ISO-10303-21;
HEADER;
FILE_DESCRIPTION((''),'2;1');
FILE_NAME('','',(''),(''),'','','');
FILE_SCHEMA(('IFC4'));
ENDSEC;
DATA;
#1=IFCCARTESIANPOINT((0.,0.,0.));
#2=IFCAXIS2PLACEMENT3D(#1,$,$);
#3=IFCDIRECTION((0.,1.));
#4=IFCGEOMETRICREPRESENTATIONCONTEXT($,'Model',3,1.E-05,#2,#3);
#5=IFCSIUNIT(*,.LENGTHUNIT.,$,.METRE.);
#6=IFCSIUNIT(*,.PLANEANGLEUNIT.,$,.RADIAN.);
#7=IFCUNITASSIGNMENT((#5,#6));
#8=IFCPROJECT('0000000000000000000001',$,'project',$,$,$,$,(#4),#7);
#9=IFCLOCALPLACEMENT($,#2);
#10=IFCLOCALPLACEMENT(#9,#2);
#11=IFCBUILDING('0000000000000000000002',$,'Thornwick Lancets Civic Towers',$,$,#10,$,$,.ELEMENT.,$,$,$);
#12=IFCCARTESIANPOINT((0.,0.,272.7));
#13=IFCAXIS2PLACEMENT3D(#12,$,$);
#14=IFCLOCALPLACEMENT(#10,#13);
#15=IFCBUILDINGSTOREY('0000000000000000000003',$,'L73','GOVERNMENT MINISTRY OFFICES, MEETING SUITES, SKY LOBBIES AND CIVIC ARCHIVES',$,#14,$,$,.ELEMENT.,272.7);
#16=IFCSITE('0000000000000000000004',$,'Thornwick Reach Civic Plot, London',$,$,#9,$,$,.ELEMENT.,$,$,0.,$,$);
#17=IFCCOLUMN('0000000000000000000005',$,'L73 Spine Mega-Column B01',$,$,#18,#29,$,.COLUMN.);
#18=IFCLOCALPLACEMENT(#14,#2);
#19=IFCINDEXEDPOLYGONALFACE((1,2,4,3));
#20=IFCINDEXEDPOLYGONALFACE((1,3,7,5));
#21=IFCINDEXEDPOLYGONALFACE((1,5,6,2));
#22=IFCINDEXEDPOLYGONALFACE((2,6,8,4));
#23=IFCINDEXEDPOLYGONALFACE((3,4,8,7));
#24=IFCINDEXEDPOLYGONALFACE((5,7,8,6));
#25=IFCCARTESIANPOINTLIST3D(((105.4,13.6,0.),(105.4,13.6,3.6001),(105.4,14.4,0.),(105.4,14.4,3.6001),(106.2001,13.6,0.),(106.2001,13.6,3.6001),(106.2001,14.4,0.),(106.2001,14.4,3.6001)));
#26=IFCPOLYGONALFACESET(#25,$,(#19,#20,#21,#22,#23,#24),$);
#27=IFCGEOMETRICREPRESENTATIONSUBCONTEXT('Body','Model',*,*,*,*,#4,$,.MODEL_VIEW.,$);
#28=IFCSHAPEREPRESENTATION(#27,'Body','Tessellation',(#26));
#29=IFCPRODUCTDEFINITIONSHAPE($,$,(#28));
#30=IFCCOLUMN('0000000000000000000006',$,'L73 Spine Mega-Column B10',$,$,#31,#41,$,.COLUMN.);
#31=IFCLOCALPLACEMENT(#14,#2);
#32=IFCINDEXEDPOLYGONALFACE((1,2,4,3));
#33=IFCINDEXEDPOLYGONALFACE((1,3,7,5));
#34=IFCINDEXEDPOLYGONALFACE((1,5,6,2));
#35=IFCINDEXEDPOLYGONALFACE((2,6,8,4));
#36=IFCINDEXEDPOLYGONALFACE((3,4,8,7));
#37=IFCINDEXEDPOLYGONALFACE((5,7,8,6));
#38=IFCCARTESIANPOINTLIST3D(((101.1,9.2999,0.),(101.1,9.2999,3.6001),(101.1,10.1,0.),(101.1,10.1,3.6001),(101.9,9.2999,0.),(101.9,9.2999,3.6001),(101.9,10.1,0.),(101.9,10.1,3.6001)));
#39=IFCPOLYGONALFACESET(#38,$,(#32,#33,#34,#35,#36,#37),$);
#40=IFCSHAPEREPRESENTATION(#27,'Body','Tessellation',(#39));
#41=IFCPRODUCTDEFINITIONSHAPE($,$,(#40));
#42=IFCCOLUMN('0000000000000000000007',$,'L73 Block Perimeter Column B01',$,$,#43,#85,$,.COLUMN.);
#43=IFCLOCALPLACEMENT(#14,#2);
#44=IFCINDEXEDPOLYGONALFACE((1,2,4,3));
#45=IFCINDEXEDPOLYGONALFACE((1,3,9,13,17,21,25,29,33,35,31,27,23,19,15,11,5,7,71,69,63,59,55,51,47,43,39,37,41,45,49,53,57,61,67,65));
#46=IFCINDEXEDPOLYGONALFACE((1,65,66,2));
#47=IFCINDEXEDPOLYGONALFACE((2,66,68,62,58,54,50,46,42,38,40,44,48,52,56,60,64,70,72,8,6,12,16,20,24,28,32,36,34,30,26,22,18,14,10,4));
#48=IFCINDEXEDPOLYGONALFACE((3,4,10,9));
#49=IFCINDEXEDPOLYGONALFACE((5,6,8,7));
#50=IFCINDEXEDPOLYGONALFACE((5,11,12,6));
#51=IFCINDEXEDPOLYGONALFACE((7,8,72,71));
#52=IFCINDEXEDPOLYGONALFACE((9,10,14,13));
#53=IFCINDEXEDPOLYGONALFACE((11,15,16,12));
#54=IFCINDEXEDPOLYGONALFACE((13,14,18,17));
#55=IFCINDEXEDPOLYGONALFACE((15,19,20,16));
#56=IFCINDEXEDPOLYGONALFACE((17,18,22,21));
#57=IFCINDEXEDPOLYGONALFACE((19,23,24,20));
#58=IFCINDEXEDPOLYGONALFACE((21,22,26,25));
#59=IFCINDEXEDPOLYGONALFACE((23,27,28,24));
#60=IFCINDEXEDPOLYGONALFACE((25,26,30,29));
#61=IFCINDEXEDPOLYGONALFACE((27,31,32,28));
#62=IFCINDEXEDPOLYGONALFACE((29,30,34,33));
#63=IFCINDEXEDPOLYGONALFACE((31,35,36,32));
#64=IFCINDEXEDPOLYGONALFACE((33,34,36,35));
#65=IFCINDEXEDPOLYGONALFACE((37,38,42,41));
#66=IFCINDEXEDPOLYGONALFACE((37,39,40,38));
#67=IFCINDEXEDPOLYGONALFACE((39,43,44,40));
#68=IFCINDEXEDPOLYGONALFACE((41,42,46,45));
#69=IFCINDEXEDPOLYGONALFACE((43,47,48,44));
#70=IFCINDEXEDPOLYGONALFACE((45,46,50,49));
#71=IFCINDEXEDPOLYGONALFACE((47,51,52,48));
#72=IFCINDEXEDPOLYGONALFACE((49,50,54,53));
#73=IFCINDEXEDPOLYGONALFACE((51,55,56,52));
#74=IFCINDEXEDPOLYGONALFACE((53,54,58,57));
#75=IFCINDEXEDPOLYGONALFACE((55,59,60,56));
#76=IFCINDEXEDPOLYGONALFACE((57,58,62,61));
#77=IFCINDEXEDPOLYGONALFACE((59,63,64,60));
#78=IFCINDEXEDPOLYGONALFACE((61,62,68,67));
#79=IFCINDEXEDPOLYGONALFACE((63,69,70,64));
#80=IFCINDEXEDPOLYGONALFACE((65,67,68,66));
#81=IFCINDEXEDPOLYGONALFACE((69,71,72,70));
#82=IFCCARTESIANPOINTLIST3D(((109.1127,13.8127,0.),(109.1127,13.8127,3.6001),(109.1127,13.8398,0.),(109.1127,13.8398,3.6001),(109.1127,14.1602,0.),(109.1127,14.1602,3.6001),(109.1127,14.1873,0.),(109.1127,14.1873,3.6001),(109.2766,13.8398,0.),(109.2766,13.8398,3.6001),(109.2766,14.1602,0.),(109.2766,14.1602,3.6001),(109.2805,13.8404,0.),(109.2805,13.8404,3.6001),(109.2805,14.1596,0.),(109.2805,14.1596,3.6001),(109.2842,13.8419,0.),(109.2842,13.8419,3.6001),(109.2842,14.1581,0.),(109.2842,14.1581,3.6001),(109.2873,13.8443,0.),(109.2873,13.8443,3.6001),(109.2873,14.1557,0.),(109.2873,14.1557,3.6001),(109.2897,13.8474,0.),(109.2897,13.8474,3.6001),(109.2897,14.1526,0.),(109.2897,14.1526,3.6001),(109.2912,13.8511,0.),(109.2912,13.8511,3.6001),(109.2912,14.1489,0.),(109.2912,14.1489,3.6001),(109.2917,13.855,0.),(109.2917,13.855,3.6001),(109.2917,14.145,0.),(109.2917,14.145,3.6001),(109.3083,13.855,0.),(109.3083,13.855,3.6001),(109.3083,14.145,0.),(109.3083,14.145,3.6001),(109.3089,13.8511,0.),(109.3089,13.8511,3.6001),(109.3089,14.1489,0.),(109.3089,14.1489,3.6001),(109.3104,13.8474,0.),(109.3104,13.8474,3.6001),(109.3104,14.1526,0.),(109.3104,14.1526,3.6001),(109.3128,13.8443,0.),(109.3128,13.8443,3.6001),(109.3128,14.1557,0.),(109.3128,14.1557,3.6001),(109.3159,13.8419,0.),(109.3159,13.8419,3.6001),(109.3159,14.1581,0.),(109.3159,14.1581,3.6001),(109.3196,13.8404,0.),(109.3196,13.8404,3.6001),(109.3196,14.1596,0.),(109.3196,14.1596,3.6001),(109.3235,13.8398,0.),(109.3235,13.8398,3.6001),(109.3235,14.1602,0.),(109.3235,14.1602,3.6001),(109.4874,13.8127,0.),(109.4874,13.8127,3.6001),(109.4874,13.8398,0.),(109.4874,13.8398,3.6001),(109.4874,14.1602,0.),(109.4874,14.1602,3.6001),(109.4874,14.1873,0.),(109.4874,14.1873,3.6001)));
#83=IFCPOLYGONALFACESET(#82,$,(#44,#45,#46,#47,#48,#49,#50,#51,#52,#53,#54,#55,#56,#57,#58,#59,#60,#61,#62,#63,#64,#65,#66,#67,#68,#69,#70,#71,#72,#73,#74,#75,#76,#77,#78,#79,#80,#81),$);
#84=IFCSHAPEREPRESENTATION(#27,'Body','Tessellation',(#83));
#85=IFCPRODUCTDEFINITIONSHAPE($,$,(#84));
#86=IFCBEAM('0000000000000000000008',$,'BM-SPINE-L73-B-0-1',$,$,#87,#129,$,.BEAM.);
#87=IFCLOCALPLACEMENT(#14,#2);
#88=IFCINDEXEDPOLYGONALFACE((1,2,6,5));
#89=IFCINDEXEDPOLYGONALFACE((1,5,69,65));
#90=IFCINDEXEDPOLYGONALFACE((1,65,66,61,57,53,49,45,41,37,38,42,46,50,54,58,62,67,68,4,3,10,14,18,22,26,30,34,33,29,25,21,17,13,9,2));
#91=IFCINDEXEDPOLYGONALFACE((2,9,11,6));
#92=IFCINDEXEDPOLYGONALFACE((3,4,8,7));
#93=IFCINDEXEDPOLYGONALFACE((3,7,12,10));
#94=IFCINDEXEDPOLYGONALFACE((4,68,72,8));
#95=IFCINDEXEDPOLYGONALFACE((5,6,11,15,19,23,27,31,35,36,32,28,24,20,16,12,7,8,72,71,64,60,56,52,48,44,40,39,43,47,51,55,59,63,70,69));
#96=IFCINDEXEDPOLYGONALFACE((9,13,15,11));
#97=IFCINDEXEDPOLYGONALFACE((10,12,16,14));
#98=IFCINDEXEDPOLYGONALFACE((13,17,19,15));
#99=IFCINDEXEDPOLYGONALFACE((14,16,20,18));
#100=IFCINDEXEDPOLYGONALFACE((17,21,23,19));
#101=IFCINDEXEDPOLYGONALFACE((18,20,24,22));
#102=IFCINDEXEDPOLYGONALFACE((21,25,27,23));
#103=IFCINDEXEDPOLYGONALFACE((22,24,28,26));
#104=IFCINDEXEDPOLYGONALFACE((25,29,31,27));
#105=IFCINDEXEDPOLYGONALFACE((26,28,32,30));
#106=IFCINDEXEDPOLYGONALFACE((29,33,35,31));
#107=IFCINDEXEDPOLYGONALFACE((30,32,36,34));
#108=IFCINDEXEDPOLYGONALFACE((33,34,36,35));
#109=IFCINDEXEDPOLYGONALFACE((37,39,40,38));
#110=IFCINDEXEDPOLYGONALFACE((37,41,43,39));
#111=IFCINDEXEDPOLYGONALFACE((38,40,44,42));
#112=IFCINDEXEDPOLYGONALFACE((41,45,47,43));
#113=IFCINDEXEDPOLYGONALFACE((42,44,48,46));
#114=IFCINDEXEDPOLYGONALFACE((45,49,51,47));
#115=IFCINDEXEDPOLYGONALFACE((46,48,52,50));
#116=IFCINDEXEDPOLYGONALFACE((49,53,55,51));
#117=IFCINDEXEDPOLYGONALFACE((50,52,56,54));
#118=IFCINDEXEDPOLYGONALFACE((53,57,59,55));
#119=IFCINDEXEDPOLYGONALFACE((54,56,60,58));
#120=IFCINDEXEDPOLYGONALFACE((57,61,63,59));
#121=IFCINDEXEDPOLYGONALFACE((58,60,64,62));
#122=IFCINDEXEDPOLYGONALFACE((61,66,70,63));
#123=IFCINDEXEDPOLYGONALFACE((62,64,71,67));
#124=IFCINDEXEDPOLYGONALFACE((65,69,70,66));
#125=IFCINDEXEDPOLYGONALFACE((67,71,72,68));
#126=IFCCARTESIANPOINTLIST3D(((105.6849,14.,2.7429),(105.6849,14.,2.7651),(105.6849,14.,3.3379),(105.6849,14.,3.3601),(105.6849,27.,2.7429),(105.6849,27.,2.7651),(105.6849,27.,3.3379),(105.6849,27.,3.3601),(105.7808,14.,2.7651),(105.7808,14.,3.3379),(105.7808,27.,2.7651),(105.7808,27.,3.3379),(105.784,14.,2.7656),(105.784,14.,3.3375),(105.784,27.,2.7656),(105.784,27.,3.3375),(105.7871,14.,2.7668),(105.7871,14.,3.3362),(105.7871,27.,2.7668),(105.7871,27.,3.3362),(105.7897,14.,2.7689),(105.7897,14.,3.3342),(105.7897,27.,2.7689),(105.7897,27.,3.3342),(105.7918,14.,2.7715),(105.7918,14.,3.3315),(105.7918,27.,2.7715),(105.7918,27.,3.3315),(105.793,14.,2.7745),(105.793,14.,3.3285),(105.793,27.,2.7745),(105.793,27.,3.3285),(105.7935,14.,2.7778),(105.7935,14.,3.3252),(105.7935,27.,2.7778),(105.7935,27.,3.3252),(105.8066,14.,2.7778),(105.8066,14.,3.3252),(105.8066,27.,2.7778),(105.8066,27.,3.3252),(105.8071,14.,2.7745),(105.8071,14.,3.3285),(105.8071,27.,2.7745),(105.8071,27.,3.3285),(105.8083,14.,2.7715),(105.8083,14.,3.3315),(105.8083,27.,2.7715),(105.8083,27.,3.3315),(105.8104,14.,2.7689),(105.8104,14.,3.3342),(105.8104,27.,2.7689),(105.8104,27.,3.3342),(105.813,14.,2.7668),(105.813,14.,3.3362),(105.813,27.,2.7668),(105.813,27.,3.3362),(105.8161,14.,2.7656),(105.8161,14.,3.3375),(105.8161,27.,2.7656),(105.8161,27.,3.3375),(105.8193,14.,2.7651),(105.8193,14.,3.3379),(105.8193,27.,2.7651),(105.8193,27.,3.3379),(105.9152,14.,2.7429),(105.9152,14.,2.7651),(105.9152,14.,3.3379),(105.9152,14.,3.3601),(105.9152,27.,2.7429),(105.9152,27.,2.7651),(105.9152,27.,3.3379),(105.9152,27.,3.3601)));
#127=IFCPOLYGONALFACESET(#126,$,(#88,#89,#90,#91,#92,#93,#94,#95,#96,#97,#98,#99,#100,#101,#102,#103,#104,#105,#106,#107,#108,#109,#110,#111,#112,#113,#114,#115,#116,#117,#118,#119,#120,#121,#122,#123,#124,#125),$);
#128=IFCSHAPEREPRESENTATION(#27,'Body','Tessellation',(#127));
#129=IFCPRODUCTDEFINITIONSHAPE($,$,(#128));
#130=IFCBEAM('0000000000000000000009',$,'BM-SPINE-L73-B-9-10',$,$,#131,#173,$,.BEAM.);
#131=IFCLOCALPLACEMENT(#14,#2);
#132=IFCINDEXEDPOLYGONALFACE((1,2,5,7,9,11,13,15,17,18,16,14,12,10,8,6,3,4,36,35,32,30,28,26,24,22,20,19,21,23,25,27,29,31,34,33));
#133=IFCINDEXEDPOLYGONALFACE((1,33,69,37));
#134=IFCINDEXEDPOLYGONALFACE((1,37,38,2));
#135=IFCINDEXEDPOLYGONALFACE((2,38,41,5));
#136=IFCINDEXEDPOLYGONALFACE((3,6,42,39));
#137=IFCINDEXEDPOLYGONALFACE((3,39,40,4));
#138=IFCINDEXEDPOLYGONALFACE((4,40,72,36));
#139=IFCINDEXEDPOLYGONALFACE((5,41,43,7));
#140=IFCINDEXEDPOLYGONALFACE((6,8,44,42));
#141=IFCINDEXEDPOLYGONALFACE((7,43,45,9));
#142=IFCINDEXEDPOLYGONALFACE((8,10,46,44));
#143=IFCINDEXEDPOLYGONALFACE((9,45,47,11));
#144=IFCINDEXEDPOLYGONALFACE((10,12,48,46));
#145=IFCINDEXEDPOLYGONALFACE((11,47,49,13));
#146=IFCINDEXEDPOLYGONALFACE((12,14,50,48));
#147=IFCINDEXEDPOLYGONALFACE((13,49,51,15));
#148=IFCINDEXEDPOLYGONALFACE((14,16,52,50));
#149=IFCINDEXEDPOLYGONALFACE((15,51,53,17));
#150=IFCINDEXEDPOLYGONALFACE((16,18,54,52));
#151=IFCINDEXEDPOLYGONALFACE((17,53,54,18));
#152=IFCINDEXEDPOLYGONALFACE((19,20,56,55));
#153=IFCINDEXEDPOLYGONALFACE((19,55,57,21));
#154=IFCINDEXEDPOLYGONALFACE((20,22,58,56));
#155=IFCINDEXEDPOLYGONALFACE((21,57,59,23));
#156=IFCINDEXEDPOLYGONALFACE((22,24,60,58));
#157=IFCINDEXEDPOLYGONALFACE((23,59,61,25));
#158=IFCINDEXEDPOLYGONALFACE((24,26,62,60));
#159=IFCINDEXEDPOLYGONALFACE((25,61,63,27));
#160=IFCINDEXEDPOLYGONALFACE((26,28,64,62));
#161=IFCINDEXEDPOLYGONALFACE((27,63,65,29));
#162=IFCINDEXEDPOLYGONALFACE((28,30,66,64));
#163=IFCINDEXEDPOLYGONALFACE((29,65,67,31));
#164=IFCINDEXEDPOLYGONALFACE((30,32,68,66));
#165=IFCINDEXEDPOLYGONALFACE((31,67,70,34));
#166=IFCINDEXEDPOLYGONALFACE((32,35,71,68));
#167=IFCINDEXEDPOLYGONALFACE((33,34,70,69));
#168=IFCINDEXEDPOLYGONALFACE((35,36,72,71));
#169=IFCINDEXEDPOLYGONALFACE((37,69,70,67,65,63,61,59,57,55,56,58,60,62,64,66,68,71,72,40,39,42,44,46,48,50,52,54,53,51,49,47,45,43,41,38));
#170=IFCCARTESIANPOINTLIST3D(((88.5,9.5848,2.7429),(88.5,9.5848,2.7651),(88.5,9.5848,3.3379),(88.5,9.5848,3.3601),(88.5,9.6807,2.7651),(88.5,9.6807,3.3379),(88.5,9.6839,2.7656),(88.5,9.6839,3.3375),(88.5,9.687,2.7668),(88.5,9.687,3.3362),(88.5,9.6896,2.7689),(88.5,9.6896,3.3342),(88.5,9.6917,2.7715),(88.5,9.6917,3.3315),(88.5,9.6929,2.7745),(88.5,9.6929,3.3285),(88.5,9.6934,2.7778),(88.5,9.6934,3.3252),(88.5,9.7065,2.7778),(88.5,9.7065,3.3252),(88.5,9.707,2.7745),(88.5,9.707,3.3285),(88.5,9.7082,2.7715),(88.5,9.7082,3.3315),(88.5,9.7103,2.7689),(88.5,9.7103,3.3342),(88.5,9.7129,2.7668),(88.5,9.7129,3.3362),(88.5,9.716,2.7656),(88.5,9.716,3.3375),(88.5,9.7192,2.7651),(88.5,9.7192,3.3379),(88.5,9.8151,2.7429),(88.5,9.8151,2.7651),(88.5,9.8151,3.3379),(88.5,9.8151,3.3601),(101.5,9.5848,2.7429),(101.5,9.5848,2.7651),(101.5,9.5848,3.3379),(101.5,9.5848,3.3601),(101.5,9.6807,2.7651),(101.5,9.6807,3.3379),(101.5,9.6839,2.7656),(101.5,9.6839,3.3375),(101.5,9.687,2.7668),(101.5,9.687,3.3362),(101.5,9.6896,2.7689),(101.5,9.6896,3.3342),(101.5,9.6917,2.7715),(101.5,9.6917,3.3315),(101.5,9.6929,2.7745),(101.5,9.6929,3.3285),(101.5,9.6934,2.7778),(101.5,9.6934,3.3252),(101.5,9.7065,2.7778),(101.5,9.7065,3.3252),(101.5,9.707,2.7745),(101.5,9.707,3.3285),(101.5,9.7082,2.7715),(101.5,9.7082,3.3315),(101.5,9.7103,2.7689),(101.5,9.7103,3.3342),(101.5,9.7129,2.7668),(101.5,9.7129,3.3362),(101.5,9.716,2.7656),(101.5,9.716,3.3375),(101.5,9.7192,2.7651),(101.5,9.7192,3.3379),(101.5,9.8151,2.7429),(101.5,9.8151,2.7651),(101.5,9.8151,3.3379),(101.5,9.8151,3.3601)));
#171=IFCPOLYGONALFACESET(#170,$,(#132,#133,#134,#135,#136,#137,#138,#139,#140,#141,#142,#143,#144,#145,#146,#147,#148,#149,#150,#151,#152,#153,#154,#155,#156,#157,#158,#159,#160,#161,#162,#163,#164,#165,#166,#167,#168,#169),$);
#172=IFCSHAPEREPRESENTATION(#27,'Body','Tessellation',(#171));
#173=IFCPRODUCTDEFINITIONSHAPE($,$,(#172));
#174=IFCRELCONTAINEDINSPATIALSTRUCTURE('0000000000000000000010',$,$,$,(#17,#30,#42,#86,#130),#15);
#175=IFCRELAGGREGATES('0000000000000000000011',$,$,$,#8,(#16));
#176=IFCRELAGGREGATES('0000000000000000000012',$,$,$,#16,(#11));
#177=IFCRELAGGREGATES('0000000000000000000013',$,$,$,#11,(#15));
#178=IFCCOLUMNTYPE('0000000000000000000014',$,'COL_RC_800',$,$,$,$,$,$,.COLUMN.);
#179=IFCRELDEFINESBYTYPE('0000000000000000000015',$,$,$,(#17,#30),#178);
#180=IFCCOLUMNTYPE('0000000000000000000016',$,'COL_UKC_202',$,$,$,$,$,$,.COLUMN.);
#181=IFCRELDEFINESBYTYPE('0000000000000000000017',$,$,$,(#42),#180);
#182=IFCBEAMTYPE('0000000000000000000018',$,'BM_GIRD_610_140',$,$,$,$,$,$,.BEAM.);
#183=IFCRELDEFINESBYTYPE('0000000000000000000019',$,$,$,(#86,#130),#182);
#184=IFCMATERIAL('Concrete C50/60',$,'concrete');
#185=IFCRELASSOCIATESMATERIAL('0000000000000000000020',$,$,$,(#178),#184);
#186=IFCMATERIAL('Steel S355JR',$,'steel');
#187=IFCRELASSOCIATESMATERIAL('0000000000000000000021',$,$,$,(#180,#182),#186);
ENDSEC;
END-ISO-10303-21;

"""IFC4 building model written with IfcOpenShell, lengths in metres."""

from ifc_helpers import new_model, si_unit, direction, frame, origin, origin_2d, place, context, subcontext, project, spatial, rectangle, i_section, extrude, material, material_profile, profile_set, type_object, element, save


model = new_model("IFC4")

# Units and contexts
model_context = context("Model", 3, precision=1e-05, world=origin(), true_north=direction((0.0, 1.0)))
body_context = subcontext(model_context, "Body", "Model", "MODEL_VIEW")
ifc_project = project(units=[si_unit("LENGTHUNIT", "METRE"), si_unit("PLANEANGLEUNIT", "RADIAN")], contexts=[model_context])

# Site, building, storey
site_placement = place(None, origin())
site = spatial("IfcSite", under=ifc_project, at=site_placement, Name="Thornwick Reach Civic Plot, London", CompositionType="ELEMENT", RefElevation=0.0)
building_placement = place(site_placement, origin())
building = spatial("IfcBuilding", under=site, at=building_placement, Name="Thornwick Lancets Civic Towers", CompositionType="ELEMENT")
storey_placement = place(building_placement, frame((0.0, 0.0, 272.7)))
storey = spatial("IfcBuildingStorey", under=building, at=storey_placement, Name="L73", Description="GOVERNMENT MINISTRY OFFICES, MEETING SUITES, SKY LOBBIES AND CIVIC ARCHIVES", CompositionType="ELEMENT", Elevation=272.7)

# Columns
ifc_material_1 = material(Name="Concrete C50/60", Category="concrete")
ifc_material_profile_1 = material_profile(ifc_material_1, rectangle(XDim=0.8, YDim=0.8, at=origin_2d()), Name="RC 800x800")
ifc_profile_set_1 = profile_set([ifc_material_profile_1], Name="Concrete C50/60")
column_type_1 = type_object("IfcColumnType", Name="COL_RC_800", PredefinedType="COLUMN", material=ifc_profile_set_1)
for number, where, z_axis, x_axis, name in (
    (1, (105.8, 14.0, 0.0), (0.0, 0.0, 1.0), (1.0, 0.0, 0.0), "L73 Spine Mega-Column B01"),
    (2, (101.5, 9.7, 0.0), (0.0, 0.0, 1.0), (1.0, 0.0, 0.0), "L73 Spine Mega-Column B10"),
):
    element("IfcColumn", number, at=place(storey_placement, frame(where, z_axis=z_axis, x_axis=x_axis)), inside=storey, type_object=column_type_1, Name=name, PredefinedType="COLUMN", context=body_context, shape_type="SweptSolid", body=[
        extrude(rectangle(XDim=0.8, YDim=0.8, at=origin_2d()), origin(), (0.0, 0.0, 1.0), 3.6001),
    ])
ifc_material_2 = material(Name="Steel S355JR", Category="steel")
ifc_material_profile_2 = material_profile(ifc_material_2, i_section(OverallWidth=0.3748, OverallDepth=0.3745, WebThickness=0.0166, FlangeThickness=0.0271, FilletRadius=0.0151, at=origin_2d()), Name="UKC 356x368x202")
ifc_profile_set_2 = profile_set([ifc_material_profile_2], Name="Steel S355JR")
column_type_2 = type_object("IfcColumnType", Name="COL_UKC_202", PredefinedType="COLUMN", material=ifc_profile_set_2)
column_placement = place(storey_placement, frame((109.3, 14.0, 0.0), z_axis=(0.0, 0.0, 1.0), x_axis=(1.0, 0.0, 0.0)))
element("IfcColumn", 3, at=column_placement, inside=storey, type_object=column_type_2, Name="L73 Block Perimeter Column B01", PredefinedType="COLUMN", context=body_context, shape_type="SweptSolid", body=[
    extrude(i_section(OverallWidth=0.3748, OverallDepth=0.3745, WebThickness=0.0166, FlangeThickness=0.0271, FilletRadius=0.0151, at=origin_2d()), origin(), (0.0, 0.0, 1.0), 3.6001),
])

# Beams
ifc_material_profile_3 = material_profile(ifc_material_2, i_section(OverallWidth=0.2302, OverallDepth=0.6172, WebThickness=0.0132, FlangeThickness=0.0222, FilletRadius=0.0127, at=origin_2d()), Name="UKB 610x229x140")
ifc_profile_set_3 = profile_set([ifc_material_profile_3], Name="Steel S355JR")
beam_type_1 = type_object("IfcBeamType", Name="BM_GIRD_610_140", PredefinedType="BEAM", material=ifc_profile_set_3)
for number, where, z_axis, x_axis, name in (
    (4, (105.8, 14.0, 3.0515), (0.0, 1.0, 0.0), (-1.0, 0.0, 0.0), "BM-SPINE-L73-B-0-1"),
    (5, (101.5, 9.7, 3.0515), (-1.0, 0.0, 0.0), (0.0, -1.0, 0.0), "BM-SPINE-L73-B-9-10"),
):
    element("IfcBeam", number, at=place(storey_placement, frame(where, z_axis=z_axis, x_axis=x_axis)), inside=storey, type_object=beam_type_1, Name=name, PredefinedType="BEAM", context=body_context, shape_type="SweptSolid", body=[
        extrude(i_section(OverallWidth=0.2302, OverallDepth=0.6172, WebThickness=0.0132, FlangeThickness=0.0222, FilletRadius=0.0127, at=origin_2d()), origin(), (0.0, 0.0, 1.0), 13.0),
    ])

save(model, "model.ifc")
